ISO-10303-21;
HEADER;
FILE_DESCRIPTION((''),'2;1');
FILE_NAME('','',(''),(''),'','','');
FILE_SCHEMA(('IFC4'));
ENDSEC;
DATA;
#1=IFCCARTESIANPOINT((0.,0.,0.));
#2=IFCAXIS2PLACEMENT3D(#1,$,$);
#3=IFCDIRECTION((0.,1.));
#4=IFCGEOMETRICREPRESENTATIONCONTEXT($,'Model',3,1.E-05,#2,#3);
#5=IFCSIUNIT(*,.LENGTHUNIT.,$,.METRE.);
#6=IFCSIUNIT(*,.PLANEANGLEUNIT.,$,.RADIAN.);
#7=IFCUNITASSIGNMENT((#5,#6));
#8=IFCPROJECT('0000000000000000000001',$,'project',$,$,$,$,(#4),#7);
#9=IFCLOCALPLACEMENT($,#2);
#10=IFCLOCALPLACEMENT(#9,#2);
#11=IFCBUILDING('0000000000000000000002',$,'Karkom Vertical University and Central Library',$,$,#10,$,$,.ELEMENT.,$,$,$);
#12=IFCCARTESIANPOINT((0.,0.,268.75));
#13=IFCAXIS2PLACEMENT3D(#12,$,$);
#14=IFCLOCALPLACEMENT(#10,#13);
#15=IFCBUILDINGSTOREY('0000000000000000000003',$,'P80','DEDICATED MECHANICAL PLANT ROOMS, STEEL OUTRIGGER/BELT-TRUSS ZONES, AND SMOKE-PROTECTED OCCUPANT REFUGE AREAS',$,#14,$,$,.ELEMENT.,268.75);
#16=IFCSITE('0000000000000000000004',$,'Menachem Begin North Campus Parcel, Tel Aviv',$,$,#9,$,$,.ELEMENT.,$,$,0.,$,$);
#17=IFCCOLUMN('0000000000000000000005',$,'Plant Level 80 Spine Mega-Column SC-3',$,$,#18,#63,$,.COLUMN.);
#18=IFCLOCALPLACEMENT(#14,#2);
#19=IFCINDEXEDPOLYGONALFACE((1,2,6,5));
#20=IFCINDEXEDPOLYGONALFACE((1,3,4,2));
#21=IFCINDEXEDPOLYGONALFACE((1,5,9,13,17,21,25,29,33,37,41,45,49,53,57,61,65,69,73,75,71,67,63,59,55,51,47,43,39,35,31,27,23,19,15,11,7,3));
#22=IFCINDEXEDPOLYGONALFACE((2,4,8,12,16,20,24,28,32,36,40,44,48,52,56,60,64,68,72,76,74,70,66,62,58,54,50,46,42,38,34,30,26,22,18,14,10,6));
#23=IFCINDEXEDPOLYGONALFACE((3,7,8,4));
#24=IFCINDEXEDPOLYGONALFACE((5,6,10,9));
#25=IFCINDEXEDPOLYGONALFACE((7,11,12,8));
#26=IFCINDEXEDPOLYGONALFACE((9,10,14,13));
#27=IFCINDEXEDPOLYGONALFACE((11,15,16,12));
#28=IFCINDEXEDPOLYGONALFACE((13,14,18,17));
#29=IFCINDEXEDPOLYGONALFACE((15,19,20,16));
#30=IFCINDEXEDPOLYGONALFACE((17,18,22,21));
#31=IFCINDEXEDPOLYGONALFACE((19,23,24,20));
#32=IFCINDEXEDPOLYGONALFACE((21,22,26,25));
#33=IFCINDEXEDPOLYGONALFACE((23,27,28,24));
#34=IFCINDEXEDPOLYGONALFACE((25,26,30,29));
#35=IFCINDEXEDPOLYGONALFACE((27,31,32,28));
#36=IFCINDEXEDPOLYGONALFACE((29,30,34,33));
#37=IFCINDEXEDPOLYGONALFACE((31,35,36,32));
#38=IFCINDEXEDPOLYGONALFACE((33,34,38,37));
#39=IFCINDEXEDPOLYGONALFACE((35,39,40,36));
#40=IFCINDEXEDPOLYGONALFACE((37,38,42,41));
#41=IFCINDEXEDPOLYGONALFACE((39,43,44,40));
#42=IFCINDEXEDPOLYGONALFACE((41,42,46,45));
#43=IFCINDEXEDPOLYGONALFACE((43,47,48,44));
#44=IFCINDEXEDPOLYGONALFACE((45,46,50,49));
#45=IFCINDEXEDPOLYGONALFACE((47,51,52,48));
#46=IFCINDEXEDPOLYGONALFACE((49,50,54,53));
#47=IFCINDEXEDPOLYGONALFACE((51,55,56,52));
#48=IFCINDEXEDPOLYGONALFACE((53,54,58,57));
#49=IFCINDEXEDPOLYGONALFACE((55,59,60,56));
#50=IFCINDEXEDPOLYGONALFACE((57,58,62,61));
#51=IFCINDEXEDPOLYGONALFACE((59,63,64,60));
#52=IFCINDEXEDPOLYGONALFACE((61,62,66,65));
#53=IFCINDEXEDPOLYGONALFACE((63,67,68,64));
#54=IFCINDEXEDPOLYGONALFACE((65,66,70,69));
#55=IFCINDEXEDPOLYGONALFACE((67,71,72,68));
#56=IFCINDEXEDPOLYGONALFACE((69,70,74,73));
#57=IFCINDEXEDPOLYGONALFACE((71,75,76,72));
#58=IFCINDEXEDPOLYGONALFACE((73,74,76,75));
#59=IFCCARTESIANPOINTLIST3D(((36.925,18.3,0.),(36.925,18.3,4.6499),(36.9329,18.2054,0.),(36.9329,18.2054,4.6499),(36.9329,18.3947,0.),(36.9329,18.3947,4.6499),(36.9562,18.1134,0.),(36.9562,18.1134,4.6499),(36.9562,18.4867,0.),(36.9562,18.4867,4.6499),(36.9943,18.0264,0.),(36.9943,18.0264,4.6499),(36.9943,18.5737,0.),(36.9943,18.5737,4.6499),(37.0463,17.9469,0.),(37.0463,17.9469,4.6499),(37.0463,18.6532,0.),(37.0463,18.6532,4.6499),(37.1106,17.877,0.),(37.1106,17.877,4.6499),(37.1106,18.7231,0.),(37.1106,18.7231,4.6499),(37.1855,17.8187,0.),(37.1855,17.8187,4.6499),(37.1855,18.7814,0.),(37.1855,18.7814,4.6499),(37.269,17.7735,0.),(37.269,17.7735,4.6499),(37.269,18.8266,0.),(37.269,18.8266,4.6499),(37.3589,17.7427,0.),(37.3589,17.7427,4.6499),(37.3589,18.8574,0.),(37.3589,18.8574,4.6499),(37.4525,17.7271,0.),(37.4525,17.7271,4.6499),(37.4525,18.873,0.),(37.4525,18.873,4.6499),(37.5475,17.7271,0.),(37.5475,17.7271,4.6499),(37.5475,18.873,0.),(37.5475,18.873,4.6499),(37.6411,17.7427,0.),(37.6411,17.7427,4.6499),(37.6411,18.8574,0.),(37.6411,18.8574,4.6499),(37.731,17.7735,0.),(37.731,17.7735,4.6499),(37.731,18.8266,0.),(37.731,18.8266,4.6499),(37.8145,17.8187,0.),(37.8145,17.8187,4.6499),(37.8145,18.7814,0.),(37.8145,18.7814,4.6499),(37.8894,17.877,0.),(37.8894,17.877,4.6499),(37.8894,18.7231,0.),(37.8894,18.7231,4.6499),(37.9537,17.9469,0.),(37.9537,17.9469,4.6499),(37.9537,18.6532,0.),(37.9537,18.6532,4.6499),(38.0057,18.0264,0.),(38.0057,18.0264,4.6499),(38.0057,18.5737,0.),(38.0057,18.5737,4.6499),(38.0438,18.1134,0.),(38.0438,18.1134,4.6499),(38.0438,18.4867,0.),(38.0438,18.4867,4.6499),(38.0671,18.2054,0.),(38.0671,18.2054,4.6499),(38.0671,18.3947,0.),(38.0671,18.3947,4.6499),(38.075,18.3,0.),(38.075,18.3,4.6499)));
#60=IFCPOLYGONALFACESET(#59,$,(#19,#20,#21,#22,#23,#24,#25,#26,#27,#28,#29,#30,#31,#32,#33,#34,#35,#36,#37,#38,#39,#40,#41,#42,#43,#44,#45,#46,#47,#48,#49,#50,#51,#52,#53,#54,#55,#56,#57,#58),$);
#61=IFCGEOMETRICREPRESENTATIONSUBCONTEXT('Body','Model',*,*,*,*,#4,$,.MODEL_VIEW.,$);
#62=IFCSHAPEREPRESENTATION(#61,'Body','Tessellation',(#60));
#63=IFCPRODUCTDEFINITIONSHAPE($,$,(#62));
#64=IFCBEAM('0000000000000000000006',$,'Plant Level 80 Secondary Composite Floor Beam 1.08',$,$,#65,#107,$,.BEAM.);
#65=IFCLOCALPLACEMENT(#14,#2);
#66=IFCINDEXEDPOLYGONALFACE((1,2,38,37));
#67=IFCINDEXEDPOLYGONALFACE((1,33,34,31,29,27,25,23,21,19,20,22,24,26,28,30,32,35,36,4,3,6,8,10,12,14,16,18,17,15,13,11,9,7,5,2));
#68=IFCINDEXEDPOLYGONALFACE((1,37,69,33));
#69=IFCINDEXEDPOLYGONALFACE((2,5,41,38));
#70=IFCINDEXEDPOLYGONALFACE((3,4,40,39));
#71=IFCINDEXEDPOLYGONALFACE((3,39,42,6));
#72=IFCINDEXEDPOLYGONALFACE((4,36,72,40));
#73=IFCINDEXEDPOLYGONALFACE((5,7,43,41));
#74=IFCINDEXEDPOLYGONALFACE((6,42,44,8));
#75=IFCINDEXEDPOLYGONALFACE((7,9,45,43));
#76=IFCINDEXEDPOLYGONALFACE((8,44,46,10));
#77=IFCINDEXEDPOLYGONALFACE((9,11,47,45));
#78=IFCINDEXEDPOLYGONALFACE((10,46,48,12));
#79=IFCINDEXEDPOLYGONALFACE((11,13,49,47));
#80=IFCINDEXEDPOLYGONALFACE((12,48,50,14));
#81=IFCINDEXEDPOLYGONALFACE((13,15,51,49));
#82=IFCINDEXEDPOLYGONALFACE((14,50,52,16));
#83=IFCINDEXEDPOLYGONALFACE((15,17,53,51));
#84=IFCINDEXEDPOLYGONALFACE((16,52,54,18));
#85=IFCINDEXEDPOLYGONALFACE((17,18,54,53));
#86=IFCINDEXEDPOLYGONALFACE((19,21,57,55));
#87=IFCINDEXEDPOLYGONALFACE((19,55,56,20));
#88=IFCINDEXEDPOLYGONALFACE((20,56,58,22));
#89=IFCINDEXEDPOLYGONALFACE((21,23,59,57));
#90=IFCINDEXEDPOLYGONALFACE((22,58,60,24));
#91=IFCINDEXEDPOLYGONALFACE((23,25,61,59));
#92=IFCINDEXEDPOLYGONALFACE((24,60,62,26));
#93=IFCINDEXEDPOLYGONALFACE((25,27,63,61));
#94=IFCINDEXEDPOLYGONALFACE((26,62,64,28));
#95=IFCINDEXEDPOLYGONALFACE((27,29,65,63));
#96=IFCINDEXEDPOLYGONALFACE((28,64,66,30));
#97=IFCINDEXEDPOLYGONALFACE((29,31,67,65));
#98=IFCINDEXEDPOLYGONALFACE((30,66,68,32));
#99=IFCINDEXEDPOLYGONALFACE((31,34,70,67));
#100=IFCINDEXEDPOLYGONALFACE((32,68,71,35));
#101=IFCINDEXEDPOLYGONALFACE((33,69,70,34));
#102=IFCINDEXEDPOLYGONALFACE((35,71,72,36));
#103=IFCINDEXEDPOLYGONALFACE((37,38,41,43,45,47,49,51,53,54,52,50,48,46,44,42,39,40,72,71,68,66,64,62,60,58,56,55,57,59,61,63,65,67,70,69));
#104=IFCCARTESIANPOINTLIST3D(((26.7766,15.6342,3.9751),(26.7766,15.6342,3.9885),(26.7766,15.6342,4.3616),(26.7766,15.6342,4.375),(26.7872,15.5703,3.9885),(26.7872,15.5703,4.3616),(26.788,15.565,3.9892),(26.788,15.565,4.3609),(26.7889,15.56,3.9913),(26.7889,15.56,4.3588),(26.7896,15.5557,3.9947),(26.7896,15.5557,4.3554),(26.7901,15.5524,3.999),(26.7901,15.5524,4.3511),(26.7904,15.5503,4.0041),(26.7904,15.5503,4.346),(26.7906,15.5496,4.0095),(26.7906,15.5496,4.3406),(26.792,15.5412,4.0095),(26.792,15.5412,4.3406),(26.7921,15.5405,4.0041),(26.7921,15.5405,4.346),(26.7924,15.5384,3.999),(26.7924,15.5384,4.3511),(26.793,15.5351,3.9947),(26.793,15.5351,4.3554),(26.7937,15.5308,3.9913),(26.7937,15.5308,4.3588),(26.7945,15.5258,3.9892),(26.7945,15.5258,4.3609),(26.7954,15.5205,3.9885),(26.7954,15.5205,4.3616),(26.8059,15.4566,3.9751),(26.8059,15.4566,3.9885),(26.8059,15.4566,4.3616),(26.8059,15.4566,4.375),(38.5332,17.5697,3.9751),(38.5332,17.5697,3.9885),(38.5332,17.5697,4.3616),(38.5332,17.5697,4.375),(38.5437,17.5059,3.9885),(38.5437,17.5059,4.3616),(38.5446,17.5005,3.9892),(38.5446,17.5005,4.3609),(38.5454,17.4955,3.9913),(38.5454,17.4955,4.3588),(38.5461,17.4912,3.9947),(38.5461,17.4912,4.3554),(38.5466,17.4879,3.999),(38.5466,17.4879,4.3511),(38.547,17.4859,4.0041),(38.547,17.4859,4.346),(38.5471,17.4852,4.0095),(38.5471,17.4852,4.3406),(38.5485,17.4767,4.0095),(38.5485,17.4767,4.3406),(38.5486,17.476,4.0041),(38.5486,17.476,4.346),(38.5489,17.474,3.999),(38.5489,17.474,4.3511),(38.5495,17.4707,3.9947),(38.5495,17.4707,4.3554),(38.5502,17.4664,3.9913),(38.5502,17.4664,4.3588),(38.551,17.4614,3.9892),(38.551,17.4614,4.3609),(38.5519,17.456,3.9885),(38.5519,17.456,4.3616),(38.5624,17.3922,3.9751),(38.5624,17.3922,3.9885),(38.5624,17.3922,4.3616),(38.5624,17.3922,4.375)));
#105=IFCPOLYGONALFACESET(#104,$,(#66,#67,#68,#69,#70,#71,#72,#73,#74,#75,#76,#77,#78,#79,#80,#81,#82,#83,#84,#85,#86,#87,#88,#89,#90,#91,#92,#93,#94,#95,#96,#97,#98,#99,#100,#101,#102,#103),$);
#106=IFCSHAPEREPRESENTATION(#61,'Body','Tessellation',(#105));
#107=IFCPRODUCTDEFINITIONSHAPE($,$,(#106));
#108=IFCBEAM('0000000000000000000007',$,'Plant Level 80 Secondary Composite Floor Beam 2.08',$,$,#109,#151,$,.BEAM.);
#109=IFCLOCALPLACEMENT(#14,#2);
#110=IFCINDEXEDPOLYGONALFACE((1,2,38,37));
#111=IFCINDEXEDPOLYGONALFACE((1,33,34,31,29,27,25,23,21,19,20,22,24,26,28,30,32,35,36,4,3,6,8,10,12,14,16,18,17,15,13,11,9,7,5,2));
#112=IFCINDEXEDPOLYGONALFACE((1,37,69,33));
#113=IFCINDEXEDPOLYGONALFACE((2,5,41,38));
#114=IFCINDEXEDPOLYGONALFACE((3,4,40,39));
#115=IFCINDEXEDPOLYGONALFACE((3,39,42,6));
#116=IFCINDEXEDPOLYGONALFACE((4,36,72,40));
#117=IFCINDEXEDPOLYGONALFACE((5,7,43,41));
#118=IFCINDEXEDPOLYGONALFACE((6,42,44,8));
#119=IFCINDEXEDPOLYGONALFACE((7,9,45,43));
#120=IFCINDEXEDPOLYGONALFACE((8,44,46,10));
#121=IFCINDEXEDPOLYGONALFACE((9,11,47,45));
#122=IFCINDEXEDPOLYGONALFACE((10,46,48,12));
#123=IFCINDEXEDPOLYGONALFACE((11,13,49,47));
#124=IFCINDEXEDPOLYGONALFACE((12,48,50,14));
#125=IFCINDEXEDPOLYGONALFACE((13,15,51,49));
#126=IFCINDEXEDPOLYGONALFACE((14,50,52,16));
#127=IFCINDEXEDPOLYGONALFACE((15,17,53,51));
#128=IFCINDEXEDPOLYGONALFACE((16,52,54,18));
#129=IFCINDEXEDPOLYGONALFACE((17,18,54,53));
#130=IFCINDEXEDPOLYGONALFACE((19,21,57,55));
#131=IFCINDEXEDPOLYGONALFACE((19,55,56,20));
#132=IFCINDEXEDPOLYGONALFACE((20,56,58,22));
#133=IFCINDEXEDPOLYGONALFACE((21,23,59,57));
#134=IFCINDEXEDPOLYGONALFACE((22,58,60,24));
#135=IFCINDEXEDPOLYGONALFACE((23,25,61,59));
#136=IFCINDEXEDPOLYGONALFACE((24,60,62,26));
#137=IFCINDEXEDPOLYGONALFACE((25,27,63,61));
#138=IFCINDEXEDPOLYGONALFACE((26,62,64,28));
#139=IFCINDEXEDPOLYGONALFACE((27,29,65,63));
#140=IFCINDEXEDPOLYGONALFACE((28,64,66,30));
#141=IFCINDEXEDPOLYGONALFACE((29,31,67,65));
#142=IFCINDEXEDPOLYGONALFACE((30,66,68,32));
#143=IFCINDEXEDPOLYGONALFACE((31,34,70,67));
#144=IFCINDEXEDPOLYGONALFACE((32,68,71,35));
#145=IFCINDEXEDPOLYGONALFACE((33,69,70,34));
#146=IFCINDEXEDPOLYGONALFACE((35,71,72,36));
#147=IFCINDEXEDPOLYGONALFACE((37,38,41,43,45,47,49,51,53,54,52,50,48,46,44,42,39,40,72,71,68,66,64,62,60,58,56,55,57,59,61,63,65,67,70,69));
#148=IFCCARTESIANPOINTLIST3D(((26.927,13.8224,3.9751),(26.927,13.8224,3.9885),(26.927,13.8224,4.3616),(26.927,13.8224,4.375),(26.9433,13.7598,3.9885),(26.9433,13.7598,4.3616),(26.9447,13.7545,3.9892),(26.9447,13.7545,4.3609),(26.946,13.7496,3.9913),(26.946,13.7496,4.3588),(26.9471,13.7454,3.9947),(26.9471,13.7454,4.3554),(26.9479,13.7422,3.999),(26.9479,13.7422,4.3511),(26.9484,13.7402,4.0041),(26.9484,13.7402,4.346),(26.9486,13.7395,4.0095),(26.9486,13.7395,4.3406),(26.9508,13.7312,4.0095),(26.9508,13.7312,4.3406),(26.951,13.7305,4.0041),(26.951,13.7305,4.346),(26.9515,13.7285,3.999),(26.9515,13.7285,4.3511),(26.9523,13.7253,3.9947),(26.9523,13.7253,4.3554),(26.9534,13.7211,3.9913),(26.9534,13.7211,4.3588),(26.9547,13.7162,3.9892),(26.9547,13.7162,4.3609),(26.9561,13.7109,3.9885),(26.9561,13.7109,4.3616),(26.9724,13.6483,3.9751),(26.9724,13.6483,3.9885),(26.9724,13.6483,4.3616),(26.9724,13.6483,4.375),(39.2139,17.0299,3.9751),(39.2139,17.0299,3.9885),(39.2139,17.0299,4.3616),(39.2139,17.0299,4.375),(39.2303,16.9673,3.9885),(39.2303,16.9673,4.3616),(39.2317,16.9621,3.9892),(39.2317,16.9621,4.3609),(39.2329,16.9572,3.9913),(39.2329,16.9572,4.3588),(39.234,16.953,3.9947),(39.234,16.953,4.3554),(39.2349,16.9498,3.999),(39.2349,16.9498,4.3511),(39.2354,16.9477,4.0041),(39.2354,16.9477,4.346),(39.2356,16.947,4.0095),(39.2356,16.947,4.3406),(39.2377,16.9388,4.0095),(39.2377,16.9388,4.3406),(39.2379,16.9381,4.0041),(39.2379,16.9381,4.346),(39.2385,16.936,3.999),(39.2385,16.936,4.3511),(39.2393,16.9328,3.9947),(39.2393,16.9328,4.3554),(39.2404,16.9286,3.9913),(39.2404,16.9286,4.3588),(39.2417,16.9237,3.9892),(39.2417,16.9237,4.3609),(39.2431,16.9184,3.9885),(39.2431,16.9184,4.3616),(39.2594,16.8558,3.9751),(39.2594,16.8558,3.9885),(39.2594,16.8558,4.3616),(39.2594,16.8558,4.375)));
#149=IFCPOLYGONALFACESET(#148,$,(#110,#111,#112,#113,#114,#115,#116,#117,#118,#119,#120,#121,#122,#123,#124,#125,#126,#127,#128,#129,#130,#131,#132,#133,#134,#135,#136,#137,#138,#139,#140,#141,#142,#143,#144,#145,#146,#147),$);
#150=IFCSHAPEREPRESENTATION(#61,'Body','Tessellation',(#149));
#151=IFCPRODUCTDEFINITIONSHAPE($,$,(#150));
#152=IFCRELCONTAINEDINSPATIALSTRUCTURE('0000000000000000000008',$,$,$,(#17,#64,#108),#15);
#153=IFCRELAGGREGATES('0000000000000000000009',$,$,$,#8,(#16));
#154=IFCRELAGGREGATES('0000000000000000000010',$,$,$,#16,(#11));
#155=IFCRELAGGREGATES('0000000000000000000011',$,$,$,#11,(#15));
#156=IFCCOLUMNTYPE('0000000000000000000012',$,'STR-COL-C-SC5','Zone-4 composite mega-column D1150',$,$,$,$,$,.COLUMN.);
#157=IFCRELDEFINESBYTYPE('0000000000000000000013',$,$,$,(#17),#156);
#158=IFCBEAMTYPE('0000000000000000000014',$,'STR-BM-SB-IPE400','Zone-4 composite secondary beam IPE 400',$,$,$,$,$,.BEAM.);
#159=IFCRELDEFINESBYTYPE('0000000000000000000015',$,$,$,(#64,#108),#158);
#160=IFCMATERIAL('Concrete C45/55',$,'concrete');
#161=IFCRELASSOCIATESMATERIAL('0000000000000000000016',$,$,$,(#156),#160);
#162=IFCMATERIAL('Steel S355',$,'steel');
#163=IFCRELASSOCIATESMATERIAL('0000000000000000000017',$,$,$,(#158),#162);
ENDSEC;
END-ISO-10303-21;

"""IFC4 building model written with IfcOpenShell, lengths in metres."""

from ifc_helpers import new_model, si_unit, direction, frame, origin, origin_with_axes, origin_2d, place, context, subcontext, project, spatial, circle, i_section, extrude, source, transform, mapped, material, material_profile, profile_set, type_object, element, save


model = new_model("IFC4")

# Units and contexts
model_context = context("Model", 3, precision=1e-05, world=origin(), true_north=direction((0.0, 1.0)))
body_context = subcontext(model_context, "Body", "Model", "MODEL_VIEW")
ifc_project = project(units=[si_unit("LENGTHUNIT", "METRE"), si_unit("PLANEANGLEUNIT", "RADIAN")], contexts=[model_context])

# Site, building, storey
site_placement = place(None, origin())
site = spatial("IfcSite", under=ifc_project, at=site_placement, Name="Menachem Begin North Campus Parcel, Tel Aviv", CompositionType="ELEMENT", RefElevation=0.0)
building_placement = place(site_placement, origin())
building = spatial("IfcBuilding", under=site, at=building_placement, Name="Karkom Vertical University and Central Library", CompositionType="ELEMENT")
storey_placement = place(building_placement, frame((0.0, 0.0, 268.75)))
storey = spatial("IfcBuildingStorey", under=building, at=storey_placement, Name="P80", Description="DEDICATED MECHANICAL PLANT ROOMS, STEEL OUTRIGGER/BELT-TRUSS ZONES, AND SMOKE-PROTECTED OCCUPANT REFUGE AREAS", CompositionType="ELEMENT", Elevation=268.75)

# Column
ifc_material_1 = material(Name="Concrete C45/55", Category="concrete")
ifc_material_profile_1 = material_profile(ifc_material_1, circle(Radius=0.575, at=origin_2d()), Name="CFT-D1150")
ifc_profile_set_1 = profile_set([ifc_material_profile_1], Name="Concrete C45/55")
column_type = type_object("IfcColumnType", Name="STR-COL-C-SC5", Description="Zone-4 composite mega-column D1150", PredefinedType="COLUMN", material=ifc_profile_set_1)
shared_shape_1 = source(origin_with_axes(), body_context, "Body", "SweptSolid", [
    extrude(circle(Radius=0.575, at=origin_2d()), origin(), (0.0, 0.0, 1.0), 4.6499),
])
column_placement = place(storey_placement, frame((37.5, 18.3, 0.0), z_axis=(0.0, 0.0, 1.0), x_axis=(1.0, 0.0, 0.0)))
element("IfcColumn", 1, at=column_placement, inside=storey, type_object=column_type, Name="Plant Level 80 Spine Mega-Column SC-3", PredefinedType="COLUMN", context=body_context, shape_type="MappedRepresentation", body=[
    mapped(shared_shape_1, transform((0.0, 0.0, 0.0), scale=1.0)),
])

# Beams
ifc_material_2 = material(Name="Steel S355", Category="steel")
ifc_material_profile_2 = material_profile(ifc_material_2, i_section(OverallWidth=0.1799, OverallDepth=0.3999, WebThickness=0.0085, FlangeThickness=0.0134, FilletRadius=0.021, at=origin_2d()), Name="IPE 400")
ifc_profile_set_2 = profile_set([ifc_material_profile_2], Name="Steel S355")
beam_type_1 = type_object("IfcBeamType", Name="STR-BM-SB-IPE400", Description="Zone-4 composite secondary beam IPE 400", PredefinedType="BEAM", material=ifc_profile_set_2)
shared_shape_2 = source(origin_with_axes(), body_context, "Body", "SweptSolid", [
    extrude(i_section(OverallWidth=0.1799, OverallDepth=0.3999, WebThickness=0.0085, FlangeThickness=0.0134, FilletRadius=0.021, at=origin_2d()), origin(), (0.0, 0.0, 1.0), 11.9148),
])
beam_1_placement = place(storey_placement, frame((26.7913, 15.5454, 4.175), z_axis=(0.986717, 0.162448, 0.0), x_axis=(-0.162448, 0.986717, 0.0)))
element("IfcBeam", 2, at=beam_1_placement, inside=storey, type_object=beam_type_1, Name="Plant Level 80 Secondary Composite Floor Beam 1.08", PredefinedType="BEAM", context=body_context, shape_type="MappedRepresentation", body=[
    mapped(shared_shape_2, transform((0.0, 0.0, 0.0), scale=1.0)),
])
shared_shape_3 = source(origin_with_axes(), body_context, "Body", "SweptSolid", [
    extrude(i_section(OverallWidth=0.1799, OverallDepth=0.3999, WebThickness=0.0085, FlangeThickness=0.0134, FilletRadius=0.021, at=origin_2d()), origin(), (0.0, 0.0, 1.0), 12.6987),
])
beam_2_placement = place(storey_placement, frame((26.9497, 13.7354, 4.175), z_axis=(0.967574, 0.252588, 0.0), x_axis=(-0.252588, 0.967574, 0.0)))
element("IfcBeam", 3, at=beam_2_placement, inside=storey, type_object=beam_type_1, Name="Plant Level 80 Secondary Composite Floor Beam 2.08", PredefinedType="BEAM", context=body_context, shape_type="MappedRepresentation", body=[
    mapped(shared_shape_3, transform((0.0, 0.0, 0.0), scale=1.0)),
])

save(model, "model.ifc")
